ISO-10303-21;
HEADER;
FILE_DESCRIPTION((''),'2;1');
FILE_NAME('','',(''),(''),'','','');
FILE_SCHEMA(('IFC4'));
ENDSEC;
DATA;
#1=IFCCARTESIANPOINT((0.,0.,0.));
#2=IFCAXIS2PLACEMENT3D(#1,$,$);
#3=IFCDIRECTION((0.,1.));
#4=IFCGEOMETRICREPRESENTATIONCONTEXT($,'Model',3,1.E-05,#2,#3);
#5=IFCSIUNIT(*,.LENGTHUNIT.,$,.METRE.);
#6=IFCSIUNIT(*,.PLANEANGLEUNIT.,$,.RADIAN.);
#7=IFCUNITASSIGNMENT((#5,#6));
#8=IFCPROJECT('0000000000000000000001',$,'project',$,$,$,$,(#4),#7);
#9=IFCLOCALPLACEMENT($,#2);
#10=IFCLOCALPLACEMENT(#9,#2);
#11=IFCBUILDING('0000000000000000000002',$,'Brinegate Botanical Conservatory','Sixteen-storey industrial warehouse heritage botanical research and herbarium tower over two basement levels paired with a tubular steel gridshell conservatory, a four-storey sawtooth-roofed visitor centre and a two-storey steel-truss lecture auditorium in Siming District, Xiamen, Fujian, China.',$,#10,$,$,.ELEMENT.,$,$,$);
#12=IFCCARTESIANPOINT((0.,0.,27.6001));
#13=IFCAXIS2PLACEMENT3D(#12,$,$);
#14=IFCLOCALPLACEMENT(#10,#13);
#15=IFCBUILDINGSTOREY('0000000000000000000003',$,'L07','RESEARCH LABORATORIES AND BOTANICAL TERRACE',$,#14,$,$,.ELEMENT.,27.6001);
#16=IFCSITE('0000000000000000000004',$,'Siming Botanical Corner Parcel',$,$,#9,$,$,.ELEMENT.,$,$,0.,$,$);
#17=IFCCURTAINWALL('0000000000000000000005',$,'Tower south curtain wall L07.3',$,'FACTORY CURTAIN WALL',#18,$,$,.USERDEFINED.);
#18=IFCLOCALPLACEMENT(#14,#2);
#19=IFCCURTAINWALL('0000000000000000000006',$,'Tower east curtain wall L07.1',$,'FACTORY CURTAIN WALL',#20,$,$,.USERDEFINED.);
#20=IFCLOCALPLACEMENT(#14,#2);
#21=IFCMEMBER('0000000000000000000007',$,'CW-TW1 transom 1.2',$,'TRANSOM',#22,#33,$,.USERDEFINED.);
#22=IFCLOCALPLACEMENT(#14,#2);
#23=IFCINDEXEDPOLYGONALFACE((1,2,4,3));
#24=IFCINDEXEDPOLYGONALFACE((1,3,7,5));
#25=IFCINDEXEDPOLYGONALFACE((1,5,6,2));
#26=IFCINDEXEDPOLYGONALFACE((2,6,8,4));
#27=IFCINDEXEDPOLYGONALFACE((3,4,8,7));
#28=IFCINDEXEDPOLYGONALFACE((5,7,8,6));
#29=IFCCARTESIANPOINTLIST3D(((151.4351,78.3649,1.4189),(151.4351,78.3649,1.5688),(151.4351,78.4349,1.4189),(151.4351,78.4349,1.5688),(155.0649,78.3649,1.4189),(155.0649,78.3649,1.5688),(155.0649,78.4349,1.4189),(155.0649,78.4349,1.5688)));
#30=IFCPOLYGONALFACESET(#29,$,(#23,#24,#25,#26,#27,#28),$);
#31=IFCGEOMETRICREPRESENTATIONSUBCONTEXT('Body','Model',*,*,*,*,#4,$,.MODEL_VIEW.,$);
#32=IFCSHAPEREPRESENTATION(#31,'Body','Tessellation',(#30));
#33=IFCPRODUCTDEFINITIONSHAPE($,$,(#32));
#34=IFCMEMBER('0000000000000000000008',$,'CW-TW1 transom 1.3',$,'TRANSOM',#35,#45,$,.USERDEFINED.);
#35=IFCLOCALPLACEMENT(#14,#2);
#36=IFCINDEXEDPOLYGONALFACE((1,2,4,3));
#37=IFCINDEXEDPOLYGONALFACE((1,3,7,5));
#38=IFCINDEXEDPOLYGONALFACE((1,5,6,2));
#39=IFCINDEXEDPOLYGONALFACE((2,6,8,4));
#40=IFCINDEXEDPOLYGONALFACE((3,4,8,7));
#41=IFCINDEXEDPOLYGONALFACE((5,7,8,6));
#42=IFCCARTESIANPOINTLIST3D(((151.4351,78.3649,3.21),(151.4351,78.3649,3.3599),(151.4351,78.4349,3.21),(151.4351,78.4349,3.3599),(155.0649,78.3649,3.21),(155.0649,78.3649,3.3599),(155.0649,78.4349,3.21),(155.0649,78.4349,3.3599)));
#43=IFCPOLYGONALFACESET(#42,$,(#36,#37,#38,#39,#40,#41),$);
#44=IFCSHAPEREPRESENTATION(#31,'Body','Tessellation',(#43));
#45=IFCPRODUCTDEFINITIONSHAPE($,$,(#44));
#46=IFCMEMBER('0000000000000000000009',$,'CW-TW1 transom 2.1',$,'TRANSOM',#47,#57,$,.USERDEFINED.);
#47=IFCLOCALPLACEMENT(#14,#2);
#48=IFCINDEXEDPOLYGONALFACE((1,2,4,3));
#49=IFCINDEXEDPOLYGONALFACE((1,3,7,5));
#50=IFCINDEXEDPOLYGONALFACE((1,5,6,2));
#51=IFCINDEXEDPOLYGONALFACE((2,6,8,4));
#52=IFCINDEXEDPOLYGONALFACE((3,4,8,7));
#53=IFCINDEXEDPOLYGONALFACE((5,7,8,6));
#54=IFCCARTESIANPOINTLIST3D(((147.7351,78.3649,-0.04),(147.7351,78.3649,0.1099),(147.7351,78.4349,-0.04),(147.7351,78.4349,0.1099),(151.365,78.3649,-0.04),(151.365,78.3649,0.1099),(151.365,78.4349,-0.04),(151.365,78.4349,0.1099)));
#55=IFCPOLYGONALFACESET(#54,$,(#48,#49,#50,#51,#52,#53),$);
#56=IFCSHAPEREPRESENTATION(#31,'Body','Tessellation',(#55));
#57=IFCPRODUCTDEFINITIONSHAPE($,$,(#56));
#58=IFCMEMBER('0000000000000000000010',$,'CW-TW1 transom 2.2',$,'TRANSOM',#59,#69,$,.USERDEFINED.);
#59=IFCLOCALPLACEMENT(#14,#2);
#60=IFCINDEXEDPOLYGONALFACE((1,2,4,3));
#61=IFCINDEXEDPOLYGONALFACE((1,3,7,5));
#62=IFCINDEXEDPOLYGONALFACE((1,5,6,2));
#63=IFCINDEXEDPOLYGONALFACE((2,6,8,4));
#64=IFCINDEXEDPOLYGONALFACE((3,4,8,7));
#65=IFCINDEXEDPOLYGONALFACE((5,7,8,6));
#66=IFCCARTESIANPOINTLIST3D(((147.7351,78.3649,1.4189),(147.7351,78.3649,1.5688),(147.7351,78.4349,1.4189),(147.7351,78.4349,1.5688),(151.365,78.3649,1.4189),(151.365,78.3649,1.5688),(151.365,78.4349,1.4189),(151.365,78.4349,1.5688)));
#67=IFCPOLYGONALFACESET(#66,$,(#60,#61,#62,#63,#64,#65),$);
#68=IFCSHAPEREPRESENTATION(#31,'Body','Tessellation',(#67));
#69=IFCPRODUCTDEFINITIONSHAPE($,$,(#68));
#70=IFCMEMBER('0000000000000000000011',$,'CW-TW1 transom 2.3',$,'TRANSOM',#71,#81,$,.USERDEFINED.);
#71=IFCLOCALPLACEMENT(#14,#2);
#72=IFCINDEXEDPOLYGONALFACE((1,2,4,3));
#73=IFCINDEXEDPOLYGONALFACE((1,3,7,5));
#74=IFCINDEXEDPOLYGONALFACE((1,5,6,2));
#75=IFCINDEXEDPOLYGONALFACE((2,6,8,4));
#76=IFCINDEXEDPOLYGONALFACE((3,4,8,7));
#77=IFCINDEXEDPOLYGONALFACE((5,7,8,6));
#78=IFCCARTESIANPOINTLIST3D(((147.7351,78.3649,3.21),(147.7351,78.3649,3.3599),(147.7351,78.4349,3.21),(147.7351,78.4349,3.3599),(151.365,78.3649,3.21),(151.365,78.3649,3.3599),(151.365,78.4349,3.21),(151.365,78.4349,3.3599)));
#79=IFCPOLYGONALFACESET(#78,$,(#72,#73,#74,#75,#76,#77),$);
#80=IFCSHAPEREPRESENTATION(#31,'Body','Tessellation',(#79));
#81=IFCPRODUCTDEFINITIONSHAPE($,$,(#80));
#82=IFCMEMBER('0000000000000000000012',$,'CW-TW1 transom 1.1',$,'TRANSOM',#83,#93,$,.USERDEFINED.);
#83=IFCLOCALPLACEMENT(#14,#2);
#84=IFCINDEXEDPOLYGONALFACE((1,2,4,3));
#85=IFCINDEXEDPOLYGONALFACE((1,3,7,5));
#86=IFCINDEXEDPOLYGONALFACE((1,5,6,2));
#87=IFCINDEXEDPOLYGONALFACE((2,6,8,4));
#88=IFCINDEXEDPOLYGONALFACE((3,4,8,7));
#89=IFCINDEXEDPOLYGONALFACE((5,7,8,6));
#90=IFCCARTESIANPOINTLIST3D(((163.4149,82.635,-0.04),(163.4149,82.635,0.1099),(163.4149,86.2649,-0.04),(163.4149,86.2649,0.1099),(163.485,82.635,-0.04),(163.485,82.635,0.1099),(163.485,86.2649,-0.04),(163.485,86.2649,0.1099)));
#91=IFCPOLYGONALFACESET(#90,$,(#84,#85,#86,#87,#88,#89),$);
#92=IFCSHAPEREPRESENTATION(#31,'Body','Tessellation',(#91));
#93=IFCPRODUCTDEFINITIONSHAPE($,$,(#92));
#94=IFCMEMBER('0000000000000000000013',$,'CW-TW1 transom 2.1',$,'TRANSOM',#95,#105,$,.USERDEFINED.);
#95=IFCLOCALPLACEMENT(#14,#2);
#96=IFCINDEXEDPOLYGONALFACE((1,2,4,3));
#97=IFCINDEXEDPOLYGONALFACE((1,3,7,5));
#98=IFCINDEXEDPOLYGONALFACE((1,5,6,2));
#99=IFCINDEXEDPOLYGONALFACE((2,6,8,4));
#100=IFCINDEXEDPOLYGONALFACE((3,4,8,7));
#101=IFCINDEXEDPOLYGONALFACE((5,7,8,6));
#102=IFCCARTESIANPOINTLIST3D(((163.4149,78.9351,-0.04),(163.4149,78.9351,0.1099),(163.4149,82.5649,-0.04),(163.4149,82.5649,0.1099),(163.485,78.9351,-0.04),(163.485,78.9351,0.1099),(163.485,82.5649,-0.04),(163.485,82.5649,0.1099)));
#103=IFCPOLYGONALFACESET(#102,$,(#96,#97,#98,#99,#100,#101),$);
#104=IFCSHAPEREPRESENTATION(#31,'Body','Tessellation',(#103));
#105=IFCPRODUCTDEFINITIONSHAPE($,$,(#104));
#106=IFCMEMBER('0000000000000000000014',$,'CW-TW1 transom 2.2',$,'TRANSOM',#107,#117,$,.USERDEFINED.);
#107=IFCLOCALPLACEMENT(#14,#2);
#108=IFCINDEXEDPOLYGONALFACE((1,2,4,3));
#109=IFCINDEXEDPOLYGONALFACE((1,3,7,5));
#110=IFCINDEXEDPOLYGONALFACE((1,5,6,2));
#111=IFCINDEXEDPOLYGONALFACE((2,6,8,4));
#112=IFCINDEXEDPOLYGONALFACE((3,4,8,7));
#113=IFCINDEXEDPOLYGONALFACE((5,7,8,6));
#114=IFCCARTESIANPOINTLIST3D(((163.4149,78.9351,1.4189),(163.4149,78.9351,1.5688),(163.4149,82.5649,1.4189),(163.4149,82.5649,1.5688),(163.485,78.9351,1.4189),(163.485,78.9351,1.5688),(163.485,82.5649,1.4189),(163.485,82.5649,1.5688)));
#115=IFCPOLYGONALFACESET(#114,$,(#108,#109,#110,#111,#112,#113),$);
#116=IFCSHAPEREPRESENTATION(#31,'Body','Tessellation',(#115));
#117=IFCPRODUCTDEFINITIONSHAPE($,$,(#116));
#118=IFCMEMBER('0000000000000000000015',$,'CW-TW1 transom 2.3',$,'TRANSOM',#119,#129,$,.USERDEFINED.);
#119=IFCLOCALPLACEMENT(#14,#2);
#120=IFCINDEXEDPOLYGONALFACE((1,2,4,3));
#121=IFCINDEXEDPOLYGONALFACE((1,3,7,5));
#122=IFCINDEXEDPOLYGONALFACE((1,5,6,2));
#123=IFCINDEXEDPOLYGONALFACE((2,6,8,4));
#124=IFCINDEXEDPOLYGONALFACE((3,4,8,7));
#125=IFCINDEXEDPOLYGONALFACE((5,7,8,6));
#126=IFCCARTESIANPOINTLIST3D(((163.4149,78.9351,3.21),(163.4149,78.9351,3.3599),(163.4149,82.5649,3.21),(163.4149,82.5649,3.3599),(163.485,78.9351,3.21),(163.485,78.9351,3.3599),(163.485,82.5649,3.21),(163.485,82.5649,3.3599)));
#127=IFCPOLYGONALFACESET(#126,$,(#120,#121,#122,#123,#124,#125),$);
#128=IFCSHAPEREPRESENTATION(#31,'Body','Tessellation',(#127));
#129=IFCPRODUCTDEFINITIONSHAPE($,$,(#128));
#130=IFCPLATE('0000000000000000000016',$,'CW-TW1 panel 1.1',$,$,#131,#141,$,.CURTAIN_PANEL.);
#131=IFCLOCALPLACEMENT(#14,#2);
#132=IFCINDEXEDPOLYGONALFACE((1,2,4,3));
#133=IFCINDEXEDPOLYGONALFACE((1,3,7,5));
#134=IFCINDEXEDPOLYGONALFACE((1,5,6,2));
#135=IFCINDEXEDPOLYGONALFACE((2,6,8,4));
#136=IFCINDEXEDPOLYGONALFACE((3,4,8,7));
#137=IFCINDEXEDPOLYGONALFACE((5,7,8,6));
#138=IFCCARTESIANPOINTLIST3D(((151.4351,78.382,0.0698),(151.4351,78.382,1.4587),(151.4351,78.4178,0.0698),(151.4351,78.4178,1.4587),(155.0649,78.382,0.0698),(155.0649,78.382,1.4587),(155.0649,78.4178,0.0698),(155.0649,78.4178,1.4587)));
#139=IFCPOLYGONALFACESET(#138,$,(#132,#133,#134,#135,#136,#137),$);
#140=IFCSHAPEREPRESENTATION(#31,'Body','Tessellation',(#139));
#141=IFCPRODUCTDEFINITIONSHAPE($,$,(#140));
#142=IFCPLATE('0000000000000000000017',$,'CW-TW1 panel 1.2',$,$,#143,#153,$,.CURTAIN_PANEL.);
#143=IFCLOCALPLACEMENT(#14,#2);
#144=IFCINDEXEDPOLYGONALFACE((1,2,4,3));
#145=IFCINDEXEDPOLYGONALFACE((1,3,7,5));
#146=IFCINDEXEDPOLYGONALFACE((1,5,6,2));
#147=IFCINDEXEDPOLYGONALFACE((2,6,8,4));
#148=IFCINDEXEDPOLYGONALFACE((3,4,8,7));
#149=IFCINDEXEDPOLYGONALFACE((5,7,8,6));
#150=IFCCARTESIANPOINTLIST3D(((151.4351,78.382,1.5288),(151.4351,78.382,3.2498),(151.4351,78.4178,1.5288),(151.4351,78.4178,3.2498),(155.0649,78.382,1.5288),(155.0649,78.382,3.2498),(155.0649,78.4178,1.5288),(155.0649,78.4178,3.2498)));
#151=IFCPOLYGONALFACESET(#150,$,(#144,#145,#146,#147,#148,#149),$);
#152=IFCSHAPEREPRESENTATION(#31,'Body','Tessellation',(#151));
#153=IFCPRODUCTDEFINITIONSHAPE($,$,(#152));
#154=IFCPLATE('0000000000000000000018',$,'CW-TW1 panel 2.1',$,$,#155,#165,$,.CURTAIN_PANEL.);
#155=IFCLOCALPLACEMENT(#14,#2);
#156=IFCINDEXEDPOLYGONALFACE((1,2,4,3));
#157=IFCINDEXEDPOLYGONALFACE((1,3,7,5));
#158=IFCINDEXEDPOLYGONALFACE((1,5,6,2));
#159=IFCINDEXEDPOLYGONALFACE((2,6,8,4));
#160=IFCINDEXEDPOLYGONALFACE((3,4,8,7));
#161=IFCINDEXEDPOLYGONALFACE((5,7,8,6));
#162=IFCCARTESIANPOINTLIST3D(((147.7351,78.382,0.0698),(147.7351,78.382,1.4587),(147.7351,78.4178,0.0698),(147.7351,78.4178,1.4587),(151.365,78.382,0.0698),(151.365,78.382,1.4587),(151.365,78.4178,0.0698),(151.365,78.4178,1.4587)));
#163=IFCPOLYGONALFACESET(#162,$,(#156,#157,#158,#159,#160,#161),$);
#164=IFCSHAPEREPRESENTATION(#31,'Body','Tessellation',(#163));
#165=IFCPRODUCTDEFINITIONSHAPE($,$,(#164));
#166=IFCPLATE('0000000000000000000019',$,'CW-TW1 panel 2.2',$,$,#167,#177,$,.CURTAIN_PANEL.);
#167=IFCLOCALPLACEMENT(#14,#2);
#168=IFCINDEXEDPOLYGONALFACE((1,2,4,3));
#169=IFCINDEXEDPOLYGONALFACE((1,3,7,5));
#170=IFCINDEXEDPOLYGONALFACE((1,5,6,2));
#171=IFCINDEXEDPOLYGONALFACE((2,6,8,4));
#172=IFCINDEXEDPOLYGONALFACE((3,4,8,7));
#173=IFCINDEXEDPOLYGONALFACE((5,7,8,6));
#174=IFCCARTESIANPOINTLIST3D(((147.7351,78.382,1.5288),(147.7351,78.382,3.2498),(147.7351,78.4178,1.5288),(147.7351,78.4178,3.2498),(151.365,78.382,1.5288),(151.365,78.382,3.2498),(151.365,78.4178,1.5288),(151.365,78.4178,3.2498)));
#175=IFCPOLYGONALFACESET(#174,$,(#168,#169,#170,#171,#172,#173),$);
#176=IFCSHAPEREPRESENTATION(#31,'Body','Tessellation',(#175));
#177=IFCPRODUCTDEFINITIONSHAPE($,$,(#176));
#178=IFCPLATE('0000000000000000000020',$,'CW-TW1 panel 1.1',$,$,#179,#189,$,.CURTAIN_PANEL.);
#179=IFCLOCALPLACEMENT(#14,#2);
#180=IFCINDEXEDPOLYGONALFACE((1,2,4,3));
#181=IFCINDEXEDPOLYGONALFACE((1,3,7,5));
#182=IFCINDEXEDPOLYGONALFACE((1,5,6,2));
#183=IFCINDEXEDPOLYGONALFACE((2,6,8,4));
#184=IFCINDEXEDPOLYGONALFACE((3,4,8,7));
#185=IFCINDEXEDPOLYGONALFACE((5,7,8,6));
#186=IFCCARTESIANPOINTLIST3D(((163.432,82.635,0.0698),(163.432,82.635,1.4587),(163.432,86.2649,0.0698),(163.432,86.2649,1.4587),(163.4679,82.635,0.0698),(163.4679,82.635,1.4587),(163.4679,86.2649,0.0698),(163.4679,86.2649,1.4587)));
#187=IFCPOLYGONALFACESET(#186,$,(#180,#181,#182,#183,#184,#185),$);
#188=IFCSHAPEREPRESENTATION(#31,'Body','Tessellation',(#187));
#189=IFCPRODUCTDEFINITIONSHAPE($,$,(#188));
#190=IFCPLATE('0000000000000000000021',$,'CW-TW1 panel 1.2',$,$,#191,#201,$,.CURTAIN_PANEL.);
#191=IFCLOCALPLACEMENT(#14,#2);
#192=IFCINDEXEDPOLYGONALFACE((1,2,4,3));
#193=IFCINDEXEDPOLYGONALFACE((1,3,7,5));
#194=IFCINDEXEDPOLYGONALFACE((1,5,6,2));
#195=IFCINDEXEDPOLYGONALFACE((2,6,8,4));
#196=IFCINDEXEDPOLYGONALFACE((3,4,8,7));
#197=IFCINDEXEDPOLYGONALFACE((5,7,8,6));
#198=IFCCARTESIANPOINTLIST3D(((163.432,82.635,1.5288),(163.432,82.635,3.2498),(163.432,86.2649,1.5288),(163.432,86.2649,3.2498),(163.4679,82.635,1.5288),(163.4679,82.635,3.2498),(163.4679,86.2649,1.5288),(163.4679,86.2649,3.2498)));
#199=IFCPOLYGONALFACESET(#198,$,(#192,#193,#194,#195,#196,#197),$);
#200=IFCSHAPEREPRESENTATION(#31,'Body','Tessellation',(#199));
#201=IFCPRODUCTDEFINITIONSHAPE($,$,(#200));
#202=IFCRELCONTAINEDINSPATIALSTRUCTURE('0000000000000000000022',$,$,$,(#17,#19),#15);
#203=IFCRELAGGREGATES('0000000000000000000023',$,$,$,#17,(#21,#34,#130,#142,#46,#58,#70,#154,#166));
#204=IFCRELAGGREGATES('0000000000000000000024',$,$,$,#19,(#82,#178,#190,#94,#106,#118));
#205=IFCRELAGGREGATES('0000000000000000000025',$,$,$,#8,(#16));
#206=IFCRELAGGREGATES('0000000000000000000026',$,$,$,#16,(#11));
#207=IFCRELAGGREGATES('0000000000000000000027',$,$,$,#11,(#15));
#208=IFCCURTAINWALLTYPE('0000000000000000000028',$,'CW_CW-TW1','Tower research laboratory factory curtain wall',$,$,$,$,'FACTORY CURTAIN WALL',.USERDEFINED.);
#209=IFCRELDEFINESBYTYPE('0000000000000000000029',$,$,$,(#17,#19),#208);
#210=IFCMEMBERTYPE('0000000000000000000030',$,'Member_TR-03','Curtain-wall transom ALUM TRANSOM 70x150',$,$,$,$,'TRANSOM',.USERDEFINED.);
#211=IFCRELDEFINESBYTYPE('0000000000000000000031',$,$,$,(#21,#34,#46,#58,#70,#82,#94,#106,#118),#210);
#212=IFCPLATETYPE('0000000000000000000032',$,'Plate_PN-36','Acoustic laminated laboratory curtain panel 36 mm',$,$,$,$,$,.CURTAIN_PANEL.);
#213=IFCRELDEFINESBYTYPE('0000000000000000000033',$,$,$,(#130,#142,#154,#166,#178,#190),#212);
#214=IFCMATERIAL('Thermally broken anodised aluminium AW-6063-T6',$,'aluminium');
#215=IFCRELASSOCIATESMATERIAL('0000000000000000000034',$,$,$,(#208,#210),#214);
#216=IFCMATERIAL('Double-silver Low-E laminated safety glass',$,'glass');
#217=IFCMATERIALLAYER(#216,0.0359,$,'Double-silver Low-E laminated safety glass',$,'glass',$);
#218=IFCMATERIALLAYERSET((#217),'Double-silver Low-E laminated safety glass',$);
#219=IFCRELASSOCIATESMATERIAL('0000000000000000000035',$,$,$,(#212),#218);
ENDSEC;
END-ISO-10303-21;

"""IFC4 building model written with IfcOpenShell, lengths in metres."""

from ifc_helpers import new_model, si_unit, direction, frame, origin, origin_2d, place, context, subcontext, project, spatial, rectangle, extrude, material, layer, layer_set, material_profile, profile_set, type_object, element, aggregate, save


model = new_model("IFC4")

# Units and contexts
model_context = context("Model", 3, precision=1e-05, world=origin(), true_north=direction((0.0, 1.0)))
body_context = subcontext(model_context, "Body", "Model", "MODEL_VIEW")
ifc_project = project(units=[si_unit("LENGTHUNIT", "METRE"), si_unit("PLANEANGLEUNIT", "RADIAN")], contexts=[model_context])

# Site, building, storey
site_placement = place(None, origin())
site = spatial("IfcSite", under=ifc_project, at=site_placement, Name="Siming Botanical Corner Parcel", CompositionType="ELEMENT", RefElevation=0.0)
building_placement = place(site_placement, origin())
building = spatial("IfcBuilding", under=site, at=building_placement, Name="Brinegate Botanical Conservatory", Description="Sixteen-storey industrial warehouse heritage botanical research and herbarium tower over two basement levels paired with a tubular steel gridshell conservatory, a four-storey sawtooth-roofed visitor centre and a two-storey steel-truss lecture auditorium in Siming District, Xiamen, Fujian, China.", CompositionType="ELEMENT")
storey_placement = place(building_placement, frame((0.0, 0.0, 27.6001)))
storey = spatial("IfcBuildingStorey", under=building, at=storey_placement, Name="L07", Description="RESEARCH LABORATORIES AND BOTANICAL TERRACE", CompositionType="ELEMENT", Elevation=27.6001)

# Curtain walls
ifc_material_1 = material(Name="Thermally broken anodised aluminium AW-6063-T6", Category="aluminium")
curtain_wall_type = type_object("IfcCurtainWallType", Name="CW_CW-TW1", Description="Tower research laboratory factory curtain wall", ElementType="FACTORY CURTAIN WALL", PredefinedType="USERDEFINED", material=ifc_material_1)
curtain_wall_1_placement = place(storey_placement, origin())
curtain_wall_1 = element("IfcCurtainWall", 1, at=curtain_wall_1_placement, inside=storey, type_object=curtain_wall_type, Name="Tower south curtain wall L07.3", ObjectType="FACTORY CURTAIN WALL", PredefinedType="USERDEFINED")
curtain_wall_2_placement = place(storey_placement, origin())
curtain_wall_2 = element("IfcCurtainWall", 2, at=curtain_wall_2_placement, inside=storey, type_object=curtain_wall_type, Name="Tower east curtain wall L07.1", ObjectType="FACTORY CURTAIN WALL", PredefinedType="USERDEFINED")

# Members
ifc_material_profile_1 = material_profile(ifc_material_1, rectangle(XDim=0.0701, YDim=0.1499, at=origin_2d()), Name="ALUM TRANSOM 70x150")
ifc_profile_set_1 = profile_set([ifc_material_profile_1], Name="Thermally broken anodised aluminium AW-6063-T6")
member_type_1 = type_object("IfcMemberType", Name="Member_TR-03", Description="Curtain-wall transom ALUM TRANSOM 70x150", ElementType="TRANSOM", PredefinedType="USERDEFINED", material=ifc_profile_set_1)
member_1_placement = place(storey_placement, frame((155.0649, 78.3999, 1.4939), z_axis=(-1.0, 0.0, 0.0), x_axis=(0.0, -1.0, 0.0)))
member_1 = element("IfcMember", 3, at=member_1_placement, type_object=member_type_1, Name="CW-TW1 transom 1.2", ObjectType="TRANSOM", PredefinedType="USERDEFINED", context=body_context, shape_type="SweptSolid", body=[
    extrude(rectangle(XDim=0.0701, YDim=0.1499, at=origin_2d()), origin(), (0.0, 0.0, 1.0), 3.6299),
])
member_2_placement = place(storey_placement, frame((155.0649, 78.3999, 3.2849), z_axis=(-1.0, 0.0, 0.0), x_axis=(0.0, -1.0, 0.0)))
member_2 = element("IfcMember", 4, at=member_2_placement, type_object=member_type_1, Name="CW-TW1 transom 1.3", ObjectType="TRANSOM", PredefinedType="USERDEFINED", context=body_context, shape_type="SweptSolid", body=[
    extrude(rectangle(XDim=0.0701, YDim=0.1499, at=origin_2d()), origin(), (0.0, 0.0, 1.0), 3.6299),
])
member_3_placement = place(storey_placement, frame((151.365, 78.3999, 0.0349), z_axis=(-1.0, 0.0, 0.0), x_axis=(0.0, -1.0, 0.0)))
member_3 = element("IfcMember", 5, at=member_3_placement, type_object=member_type_1, Name="CW-TW1 transom 2.1", ObjectType="TRANSOM", PredefinedType="USERDEFINED", context=body_context, shape_type="SweptSolid", body=[
    extrude(rectangle(XDim=0.0701, YDim=0.1499, at=origin_2d()), origin(), (0.0, 0.0, 1.0), 3.6299),
])
member_4_placement = place(storey_placement, frame((151.365, 78.3999, 1.4939), z_axis=(-1.0, 0.0, 0.0), x_axis=(0.0, -1.0, 0.0)))
member_4 = element("IfcMember", 6, at=member_4_placement, type_object=member_type_1, Name="CW-TW1 transom 2.2", ObjectType="TRANSOM", PredefinedType="USERDEFINED", context=body_context, shape_type="SweptSolid", body=[
    extrude(rectangle(XDim=0.0701, YDim=0.1499, at=origin_2d()), origin(), (0.0, 0.0, 1.0), 3.6299),
])
member_5_placement = place(storey_placement, frame((151.365, 78.3999, 3.2849), z_axis=(-1.0, 0.0, 0.0), x_axis=(0.0, -1.0, 0.0)))
member_5 = element("IfcMember", 7, at=member_5_placement, type_object=member_type_1, Name="CW-TW1 transom 2.3", ObjectType="TRANSOM", PredefinedType="USERDEFINED", context=body_context, shape_type="SweptSolid", body=[
    extrude(rectangle(XDim=0.0701, YDim=0.1499, at=origin_2d()), origin(), (0.0, 0.0, 1.0), 3.6299),
])
member_6_placement = place(storey_placement, frame((163.45, 86.2649, 0.0349), z_axis=(0.0, -1.0, 0.0), x_axis=(1.0, 0.0, 0.0)))
member_6 = element("IfcMember", 8, at=member_6_placement, type_object=member_type_1, Name="CW-TW1 transom 1.1", ObjectType="TRANSOM", PredefinedType="USERDEFINED", context=body_context, shape_type="SweptSolid", body=[
    extrude(rectangle(XDim=0.0701, YDim=0.1499, at=origin_2d()), origin(), (0.0, 0.0, 1.0), 3.6299),
])
member_7_placement = place(storey_placement, frame((163.45, 82.5649, 0.0349), z_axis=(0.0, -1.0, 0.0), x_axis=(1.0, 0.0, 0.0)))
member_7 = element("IfcMember", 9, at=member_7_placement, type_object=member_type_1, Name="CW-TW1 transom 2.1", ObjectType="TRANSOM", PredefinedType="USERDEFINED", context=body_context, shape_type="SweptSolid", body=[
    extrude(rectangle(XDim=0.0701, YDim=0.1499, at=origin_2d()), origin(), (0.0, 0.0, 1.0), 3.6299),
])
member_8_placement = place(storey_placement, frame((163.45, 82.5649, 1.4939), z_axis=(0.0, -1.0, 0.0), x_axis=(1.0, 0.0, 0.0)))
member_8 = element("IfcMember", 10, at=member_8_placement, type_object=member_type_1, Name="CW-TW1 transom 2.2", ObjectType="TRANSOM", PredefinedType="USERDEFINED", context=body_context, shape_type="SweptSolid", body=[
    extrude(rectangle(XDim=0.0701, YDim=0.1499, at=origin_2d()), origin(), (0.0, 0.0, 1.0), 3.6299),
])
member_9_placement = place(storey_placement, frame((163.45, 82.5649, 3.2849), z_axis=(0.0, -1.0, 0.0), x_axis=(1.0, 0.0, 0.0)))
member_9 = element("IfcMember", 11, at=member_9_placement, type_object=member_type_1, Name="CW-TW1 transom 2.3", ObjectType="TRANSOM", PredefinedType="USERDEFINED", context=body_context, shape_type="SweptSolid", body=[
    extrude(rectangle(XDim=0.0701, YDim=0.1499, at=origin_2d()), origin(), (0.0, 0.0, 1.0), 3.6299),
])

# Plates
ifc_material_2 = material(Name="Double-silver Low-E laminated safety glass", Category="glass")
ifc_layer_1 = layer(ifc_material_2, 0.0359, Name="Double-silver Low-E laminated safety glass", Category="glass")
ifc_layer_set_1 = layer_set([ifc_layer_1], Name="Double-silver Low-E laminated safety glass")
plate_type = type_object("IfcPlateType", Name="Plate_PN-36", Description="Acoustic laminated laboratory curtain panel 36 mm", PredefinedType="CURTAIN_PANEL", material=ifc_layer_set_1)
plate_1_placement = place(storey_placement, frame((153.25, 78.3999, 0.0698), z_axis=(0.0, 0.0, 1.0), x_axis=(-1.0, 0.0, 0.0)))
plate_1 = element("IfcPlate", 12, at=plate_1_placement, type_object=plate_type, Name="CW-TW1 panel 1.1", PredefinedType="CURTAIN_PANEL", context=body_context, shape_type="SweptSolid", body=[
    extrude(rectangle(XDim=3.6299, YDim=0.0359, at=origin_2d()), origin(), (0.0, 0.0, 1.0), 1.3889),
])
plate_2_placement = place(storey_placement, frame((153.25, 78.3999, 1.5288), z_axis=(0.0, 0.0, 1.0), x_axis=(-1.0, 0.0, 0.0)))
plate_2 = element("IfcPlate", 13, at=plate_2_placement, type_object=plate_type, Name="CW-TW1 panel 1.2", PredefinedType="CURTAIN_PANEL", context=body_context, shape_type="SweptSolid", body=[
    extrude(rectangle(XDim=3.6299, YDim=0.0359, at=origin_2d()), origin(), (0.0, 0.0, 1.0), 1.7209),
])
plate_3_placement = place(storey_placement, frame((149.55, 78.3999, 0.0698), z_axis=(0.0, 0.0, 1.0), x_axis=(-1.0, 0.0, 0.0)))
plate_3 = element("IfcPlate", 14, at=plate_3_placement, type_object=plate_type, Name="CW-TW1 panel 2.1", PredefinedType="CURTAIN_PANEL", context=body_context, shape_type="SweptSolid", body=[
    extrude(rectangle(XDim=3.6299, YDim=0.0359, at=origin_2d()), origin(), (0.0, 0.0, 1.0), 1.3889),
])
plate_4_placement = place(storey_placement, frame((149.55, 78.3999, 1.5288), z_axis=(0.0, 0.0, 1.0), x_axis=(-1.0, 0.0, 0.0)))
plate_4 = element("IfcPlate", 15, at=plate_4_placement, type_object=plate_type, Name="CW-TW1 panel 2.2", PredefinedType="CURTAIN_PANEL", context=body_context, shape_type="SweptSolid", body=[
    extrude(rectangle(XDim=3.6299, YDim=0.0359, at=origin_2d()), origin(), (0.0, 0.0, 1.0), 1.7209),
])
aggregate(curtain_wall_1, [member_1, member_2, plate_1, plate_2, member_3, member_4, member_5, plate_3, plate_4])
plate_5_placement = place(storey_placement, frame((163.45, 84.45, 0.0698), z_axis=(0.0, 0.0, 1.0), x_axis=(0.0, -1.0, 0.0)))
plate_5 = element("IfcPlate", 16, at=plate_5_placement, type_object=plate_type, Name="CW-TW1 panel 1.1", PredefinedType="CURTAIN_PANEL", context=body_context, shape_type="SweptSolid", body=[
    extrude(rectangle(XDim=3.6299, YDim=0.0359, at=origin_2d()), origin(), (0.0, 0.0, 1.0), 1.3889),
])
plate_6_placement = place(storey_placement, frame((163.45, 84.45, 1.5288), z_axis=(0.0, 0.0, 1.0), x_axis=(0.0, -1.0, 0.0)))
plate_6 = element("IfcPlate", 17, at=plate_6_placement, type_object=plate_type, Name="CW-TW1 panel 1.2", PredefinedType="CURTAIN_PANEL", context=body_context, shape_type="SweptSolid", body=[
    extrude(rectangle(XDim=3.6299, YDim=0.0359, at=origin_2d()), origin(), (0.0, 0.0, 1.0), 1.7209),
])
aggregate(curtain_wall_2, [member_6, plate_5, plate_6, member_7, member_8, member_9])

save(model, "model.ifc")
